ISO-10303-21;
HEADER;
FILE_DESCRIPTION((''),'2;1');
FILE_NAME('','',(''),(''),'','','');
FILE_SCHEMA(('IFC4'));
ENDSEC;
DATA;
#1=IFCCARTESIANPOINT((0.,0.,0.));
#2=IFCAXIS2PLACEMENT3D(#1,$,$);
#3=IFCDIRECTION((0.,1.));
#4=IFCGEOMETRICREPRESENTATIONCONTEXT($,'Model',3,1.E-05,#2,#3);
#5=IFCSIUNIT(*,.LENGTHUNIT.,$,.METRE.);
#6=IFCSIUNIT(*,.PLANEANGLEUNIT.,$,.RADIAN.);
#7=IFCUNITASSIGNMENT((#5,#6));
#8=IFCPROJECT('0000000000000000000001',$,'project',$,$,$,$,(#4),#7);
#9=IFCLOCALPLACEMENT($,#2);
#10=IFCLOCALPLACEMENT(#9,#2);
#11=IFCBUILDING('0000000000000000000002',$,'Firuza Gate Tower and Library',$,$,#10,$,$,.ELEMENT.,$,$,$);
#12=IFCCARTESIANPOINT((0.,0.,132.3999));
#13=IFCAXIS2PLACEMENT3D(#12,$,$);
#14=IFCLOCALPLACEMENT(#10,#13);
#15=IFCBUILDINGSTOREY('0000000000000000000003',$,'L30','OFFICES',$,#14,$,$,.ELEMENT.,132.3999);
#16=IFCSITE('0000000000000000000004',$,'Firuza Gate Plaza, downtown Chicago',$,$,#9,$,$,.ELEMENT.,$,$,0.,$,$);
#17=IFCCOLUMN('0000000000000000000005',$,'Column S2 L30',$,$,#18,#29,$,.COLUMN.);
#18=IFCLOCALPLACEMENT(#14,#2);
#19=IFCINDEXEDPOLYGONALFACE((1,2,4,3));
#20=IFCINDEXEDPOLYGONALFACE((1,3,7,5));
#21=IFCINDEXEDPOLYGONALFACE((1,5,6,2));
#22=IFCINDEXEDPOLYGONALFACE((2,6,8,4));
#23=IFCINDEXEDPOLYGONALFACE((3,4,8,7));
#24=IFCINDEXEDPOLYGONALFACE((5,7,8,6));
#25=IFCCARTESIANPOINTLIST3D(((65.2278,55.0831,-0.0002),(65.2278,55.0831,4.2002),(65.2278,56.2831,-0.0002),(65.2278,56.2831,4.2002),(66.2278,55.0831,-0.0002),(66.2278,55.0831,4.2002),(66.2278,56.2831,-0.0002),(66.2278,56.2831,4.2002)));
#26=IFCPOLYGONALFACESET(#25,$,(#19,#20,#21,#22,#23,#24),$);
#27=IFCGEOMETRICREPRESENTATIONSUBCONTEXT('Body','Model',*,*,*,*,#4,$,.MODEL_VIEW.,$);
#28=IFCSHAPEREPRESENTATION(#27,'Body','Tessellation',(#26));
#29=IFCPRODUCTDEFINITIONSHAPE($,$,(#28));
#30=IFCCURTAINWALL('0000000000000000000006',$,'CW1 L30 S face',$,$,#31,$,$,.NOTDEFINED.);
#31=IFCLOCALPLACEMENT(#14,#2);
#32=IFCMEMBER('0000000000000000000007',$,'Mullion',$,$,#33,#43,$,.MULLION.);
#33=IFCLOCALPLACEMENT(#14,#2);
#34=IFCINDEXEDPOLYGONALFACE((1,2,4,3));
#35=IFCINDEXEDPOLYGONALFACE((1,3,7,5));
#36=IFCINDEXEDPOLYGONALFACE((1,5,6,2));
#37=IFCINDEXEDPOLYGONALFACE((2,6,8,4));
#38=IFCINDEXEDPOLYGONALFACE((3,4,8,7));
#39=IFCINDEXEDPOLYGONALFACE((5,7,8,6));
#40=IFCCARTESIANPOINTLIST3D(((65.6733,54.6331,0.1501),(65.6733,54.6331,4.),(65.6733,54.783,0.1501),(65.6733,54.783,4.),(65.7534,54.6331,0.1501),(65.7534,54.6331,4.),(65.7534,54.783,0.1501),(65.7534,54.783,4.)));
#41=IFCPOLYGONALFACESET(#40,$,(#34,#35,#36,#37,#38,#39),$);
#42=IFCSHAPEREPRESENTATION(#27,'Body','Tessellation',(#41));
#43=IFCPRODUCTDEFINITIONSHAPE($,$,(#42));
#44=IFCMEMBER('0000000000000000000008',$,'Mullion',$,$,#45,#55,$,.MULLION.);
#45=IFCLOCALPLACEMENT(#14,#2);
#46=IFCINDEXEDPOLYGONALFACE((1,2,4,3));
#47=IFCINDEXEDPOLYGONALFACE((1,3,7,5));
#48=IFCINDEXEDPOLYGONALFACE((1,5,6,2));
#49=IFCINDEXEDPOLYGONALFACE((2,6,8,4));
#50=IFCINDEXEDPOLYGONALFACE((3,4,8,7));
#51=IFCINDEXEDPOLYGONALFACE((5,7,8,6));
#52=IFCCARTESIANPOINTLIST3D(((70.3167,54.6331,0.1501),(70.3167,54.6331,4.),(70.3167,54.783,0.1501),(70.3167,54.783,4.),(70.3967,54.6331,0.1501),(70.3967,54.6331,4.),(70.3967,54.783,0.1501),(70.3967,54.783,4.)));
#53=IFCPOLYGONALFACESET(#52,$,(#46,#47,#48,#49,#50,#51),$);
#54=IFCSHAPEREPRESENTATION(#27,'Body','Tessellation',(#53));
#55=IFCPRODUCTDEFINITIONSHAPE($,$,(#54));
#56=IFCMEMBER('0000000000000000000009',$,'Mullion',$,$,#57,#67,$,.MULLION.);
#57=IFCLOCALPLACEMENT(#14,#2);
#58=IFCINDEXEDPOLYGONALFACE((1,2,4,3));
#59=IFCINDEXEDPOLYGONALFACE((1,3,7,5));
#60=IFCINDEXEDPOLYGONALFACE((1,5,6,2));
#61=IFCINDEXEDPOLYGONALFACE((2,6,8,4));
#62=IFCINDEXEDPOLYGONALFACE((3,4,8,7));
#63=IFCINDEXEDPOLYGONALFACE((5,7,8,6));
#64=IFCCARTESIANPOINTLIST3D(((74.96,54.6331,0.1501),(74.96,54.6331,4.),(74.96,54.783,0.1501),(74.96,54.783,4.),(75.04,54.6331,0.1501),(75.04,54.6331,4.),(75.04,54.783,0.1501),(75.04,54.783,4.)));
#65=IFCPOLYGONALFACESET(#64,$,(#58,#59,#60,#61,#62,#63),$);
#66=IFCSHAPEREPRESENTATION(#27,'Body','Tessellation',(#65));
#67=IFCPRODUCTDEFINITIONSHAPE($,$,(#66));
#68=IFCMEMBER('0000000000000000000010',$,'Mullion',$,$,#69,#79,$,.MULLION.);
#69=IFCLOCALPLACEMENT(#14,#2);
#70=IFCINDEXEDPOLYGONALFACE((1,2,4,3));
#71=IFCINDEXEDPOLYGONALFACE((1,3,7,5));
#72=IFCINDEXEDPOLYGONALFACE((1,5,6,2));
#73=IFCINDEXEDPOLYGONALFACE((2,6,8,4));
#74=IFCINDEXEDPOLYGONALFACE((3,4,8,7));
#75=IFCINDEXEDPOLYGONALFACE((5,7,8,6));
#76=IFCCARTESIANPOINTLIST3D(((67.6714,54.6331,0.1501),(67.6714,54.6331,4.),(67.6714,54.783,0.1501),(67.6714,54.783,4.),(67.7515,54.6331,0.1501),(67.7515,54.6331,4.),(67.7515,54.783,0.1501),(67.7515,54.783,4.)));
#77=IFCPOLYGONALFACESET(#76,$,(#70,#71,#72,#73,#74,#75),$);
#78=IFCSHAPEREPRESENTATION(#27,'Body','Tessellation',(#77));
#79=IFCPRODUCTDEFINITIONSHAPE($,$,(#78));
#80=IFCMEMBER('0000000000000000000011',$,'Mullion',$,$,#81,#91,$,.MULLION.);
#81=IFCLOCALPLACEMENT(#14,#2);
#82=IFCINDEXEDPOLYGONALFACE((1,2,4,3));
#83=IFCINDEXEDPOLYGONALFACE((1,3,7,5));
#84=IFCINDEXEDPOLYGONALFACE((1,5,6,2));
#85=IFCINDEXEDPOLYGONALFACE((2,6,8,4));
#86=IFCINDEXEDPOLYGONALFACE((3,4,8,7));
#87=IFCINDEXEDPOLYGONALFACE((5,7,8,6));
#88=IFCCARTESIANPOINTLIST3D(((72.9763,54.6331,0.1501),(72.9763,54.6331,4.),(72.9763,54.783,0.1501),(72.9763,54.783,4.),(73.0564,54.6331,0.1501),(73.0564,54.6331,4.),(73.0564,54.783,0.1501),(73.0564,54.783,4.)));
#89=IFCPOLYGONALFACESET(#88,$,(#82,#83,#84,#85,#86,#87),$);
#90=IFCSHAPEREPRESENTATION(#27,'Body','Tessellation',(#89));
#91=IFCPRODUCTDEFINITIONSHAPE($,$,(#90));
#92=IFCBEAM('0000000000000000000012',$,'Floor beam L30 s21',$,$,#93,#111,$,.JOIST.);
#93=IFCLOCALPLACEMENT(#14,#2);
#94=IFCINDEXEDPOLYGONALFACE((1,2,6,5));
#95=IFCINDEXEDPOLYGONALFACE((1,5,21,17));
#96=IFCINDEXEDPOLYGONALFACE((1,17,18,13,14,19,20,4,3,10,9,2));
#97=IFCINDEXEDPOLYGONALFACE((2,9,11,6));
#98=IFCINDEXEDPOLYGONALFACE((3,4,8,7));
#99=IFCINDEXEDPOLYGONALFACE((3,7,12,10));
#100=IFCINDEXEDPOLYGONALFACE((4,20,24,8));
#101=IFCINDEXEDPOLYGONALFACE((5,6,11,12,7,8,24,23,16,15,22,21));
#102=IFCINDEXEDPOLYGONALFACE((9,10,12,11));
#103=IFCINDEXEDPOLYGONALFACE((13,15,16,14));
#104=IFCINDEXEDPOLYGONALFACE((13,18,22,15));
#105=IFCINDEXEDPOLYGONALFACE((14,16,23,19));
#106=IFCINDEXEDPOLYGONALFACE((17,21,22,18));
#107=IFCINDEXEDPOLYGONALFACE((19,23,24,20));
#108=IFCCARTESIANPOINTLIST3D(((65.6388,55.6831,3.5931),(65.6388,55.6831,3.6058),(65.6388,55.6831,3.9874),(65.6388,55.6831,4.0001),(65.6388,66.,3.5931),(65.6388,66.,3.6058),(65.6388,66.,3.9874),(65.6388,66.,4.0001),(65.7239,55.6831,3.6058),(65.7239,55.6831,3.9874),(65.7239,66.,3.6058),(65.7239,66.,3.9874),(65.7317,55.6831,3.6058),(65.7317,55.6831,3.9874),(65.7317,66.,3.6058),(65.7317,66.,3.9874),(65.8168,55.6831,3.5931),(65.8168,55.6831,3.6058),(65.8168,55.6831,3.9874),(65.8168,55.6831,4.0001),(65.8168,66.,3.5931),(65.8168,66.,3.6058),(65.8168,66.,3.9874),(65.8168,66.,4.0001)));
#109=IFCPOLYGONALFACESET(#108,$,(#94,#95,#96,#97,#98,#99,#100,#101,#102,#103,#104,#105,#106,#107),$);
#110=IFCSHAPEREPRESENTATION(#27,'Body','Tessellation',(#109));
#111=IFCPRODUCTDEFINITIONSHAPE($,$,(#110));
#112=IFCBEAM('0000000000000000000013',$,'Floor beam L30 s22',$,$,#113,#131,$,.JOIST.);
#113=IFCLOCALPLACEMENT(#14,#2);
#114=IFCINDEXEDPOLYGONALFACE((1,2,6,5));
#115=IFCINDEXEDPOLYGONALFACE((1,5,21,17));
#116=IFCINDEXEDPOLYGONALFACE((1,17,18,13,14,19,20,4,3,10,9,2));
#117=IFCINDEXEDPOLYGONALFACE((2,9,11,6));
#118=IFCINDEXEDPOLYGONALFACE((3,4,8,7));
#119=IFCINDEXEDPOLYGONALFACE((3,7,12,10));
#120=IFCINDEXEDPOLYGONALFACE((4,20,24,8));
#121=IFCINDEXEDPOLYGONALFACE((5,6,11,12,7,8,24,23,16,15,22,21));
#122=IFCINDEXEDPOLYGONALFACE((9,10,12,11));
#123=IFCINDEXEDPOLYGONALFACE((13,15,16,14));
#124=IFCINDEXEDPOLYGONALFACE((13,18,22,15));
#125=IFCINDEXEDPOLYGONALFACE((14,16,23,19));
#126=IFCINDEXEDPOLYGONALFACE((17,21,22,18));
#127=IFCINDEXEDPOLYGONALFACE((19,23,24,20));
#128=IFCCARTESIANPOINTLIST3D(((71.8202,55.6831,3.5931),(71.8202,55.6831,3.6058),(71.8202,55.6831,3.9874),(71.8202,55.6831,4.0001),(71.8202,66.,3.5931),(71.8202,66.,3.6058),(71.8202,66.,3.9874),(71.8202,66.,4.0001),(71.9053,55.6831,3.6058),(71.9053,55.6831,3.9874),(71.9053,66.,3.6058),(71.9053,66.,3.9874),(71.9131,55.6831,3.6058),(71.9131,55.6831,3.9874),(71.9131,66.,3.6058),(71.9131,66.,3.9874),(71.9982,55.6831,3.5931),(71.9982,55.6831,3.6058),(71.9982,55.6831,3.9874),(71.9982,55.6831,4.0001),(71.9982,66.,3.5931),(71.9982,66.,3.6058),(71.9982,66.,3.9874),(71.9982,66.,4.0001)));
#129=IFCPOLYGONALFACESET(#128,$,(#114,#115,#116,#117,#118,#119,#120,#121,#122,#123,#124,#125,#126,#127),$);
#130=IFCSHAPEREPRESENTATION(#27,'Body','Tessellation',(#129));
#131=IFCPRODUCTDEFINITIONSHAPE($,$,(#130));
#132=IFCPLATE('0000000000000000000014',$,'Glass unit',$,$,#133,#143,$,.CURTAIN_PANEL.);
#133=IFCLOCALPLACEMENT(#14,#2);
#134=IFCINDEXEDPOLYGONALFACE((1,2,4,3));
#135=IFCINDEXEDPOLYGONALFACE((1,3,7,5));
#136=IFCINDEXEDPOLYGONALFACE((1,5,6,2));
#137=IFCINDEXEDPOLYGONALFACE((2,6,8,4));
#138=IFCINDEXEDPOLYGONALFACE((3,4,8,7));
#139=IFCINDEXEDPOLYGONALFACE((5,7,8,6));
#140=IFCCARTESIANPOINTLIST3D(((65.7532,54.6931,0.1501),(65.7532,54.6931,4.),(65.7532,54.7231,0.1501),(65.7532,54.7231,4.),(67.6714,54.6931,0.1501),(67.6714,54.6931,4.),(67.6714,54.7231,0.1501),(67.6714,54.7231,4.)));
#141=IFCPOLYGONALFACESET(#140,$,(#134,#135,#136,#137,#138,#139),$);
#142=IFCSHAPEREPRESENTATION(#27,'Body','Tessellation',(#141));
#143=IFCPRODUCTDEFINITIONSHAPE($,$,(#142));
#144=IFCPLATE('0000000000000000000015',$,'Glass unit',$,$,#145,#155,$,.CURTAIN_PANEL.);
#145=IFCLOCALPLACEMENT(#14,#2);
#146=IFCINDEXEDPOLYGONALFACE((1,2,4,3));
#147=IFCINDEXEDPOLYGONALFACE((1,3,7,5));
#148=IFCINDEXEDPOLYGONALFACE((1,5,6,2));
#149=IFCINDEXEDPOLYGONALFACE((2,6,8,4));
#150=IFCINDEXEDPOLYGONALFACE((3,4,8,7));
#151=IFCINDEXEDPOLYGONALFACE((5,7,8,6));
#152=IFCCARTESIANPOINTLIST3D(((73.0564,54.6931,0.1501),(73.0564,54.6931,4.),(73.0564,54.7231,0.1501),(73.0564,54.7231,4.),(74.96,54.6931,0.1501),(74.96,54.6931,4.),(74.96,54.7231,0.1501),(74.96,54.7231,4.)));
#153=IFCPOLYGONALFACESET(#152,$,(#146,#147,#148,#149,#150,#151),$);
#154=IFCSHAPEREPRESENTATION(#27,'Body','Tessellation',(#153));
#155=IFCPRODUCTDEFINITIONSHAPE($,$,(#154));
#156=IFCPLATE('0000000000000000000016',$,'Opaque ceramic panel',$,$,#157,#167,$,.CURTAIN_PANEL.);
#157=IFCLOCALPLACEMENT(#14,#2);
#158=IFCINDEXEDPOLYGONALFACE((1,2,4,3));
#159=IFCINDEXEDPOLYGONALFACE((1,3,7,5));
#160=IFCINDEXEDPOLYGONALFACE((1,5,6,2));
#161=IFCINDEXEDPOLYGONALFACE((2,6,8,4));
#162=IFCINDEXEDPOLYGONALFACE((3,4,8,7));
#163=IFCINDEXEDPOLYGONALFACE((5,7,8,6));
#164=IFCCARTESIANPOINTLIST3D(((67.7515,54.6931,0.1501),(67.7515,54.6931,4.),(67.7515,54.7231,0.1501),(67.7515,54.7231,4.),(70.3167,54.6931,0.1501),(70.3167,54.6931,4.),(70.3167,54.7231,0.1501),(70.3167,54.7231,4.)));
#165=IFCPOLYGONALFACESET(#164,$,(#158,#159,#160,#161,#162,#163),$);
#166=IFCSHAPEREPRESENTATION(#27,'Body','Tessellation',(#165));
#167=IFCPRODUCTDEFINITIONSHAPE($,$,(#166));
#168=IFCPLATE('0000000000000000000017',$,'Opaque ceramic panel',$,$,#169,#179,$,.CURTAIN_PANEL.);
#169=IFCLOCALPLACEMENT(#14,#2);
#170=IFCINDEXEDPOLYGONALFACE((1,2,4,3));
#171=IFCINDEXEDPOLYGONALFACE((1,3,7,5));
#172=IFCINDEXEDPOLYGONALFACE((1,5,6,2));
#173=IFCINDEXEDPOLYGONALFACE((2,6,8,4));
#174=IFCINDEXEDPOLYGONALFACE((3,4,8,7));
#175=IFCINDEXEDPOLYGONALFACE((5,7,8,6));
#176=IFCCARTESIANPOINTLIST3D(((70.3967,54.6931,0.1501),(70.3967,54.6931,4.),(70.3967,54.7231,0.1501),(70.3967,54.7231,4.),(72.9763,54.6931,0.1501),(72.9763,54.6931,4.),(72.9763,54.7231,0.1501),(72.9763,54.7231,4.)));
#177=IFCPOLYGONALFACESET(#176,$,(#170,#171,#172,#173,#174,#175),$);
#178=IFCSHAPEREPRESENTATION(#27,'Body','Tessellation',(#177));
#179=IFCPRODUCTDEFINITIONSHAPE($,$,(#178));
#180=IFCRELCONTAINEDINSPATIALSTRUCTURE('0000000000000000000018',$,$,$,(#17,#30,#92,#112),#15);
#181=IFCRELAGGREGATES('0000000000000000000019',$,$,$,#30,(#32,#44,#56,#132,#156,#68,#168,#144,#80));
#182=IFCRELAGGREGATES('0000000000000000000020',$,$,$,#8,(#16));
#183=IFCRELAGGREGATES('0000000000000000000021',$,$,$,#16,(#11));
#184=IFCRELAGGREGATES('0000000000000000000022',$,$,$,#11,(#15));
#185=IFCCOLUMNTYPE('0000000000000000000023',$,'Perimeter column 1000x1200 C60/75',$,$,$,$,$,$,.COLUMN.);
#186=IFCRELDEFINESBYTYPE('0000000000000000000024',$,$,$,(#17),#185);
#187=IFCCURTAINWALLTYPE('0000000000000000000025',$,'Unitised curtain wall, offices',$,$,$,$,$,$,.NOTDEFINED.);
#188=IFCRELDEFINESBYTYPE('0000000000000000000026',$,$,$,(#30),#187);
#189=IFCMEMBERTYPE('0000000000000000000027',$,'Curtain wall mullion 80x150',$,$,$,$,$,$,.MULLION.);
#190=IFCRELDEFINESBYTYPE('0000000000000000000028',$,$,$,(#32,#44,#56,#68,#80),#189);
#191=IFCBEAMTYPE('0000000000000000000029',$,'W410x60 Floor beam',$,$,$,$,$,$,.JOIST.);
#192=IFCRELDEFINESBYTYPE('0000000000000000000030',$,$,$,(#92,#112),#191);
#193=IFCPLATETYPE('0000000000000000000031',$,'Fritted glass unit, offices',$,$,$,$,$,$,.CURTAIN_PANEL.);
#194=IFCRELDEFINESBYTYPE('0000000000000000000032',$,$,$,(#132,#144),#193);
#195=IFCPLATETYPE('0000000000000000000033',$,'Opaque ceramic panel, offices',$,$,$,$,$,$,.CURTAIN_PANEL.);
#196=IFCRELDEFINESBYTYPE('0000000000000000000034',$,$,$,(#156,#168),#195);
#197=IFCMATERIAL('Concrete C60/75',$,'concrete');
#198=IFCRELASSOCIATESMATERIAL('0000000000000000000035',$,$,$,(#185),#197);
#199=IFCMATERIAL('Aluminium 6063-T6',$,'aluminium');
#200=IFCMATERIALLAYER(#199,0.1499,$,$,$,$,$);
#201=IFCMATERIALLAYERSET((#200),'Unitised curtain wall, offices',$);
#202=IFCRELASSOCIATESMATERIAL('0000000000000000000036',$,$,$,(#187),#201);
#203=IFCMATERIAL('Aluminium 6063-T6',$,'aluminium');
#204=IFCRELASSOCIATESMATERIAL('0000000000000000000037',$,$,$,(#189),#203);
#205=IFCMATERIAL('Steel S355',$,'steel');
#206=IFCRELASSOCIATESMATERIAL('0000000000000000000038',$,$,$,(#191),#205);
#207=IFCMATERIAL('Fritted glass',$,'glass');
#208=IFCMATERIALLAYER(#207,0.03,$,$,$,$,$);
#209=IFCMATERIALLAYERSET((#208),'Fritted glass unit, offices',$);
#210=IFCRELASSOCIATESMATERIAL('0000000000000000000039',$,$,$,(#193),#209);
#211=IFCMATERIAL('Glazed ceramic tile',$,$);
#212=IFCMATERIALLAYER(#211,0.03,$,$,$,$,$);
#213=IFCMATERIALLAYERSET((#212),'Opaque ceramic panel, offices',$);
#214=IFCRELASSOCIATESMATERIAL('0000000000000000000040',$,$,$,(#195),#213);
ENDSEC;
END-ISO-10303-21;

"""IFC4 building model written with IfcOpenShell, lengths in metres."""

from ifc_helpers import new_model, si_unit, direction, frame, origin, origin_2d, place, context, subcontext, project, spatial, polyline, rectangle, i_section, outline, extrude, material, layer, layer_set, material_profile, profile_set, type_object, element, aggregate, save


model = new_model("IFC4")

# Units and contexts
model_context = context("Model", 3, precision=1e-05, world=origin(), true_north=direction((0.0, 1.0)))
body_context = subcontext(model_context, "Body", "Model", "MODEL_VIEW")
ifc_project = project(units=[si_unit("LENGTHUNIT", "METRE"), si_unit("PLANEANGLEUNIT", "RADIAN")], contexts=[model_context])

# Site, building, storey
site_placement = place(None, origin())
site = spatial("IfcSite", under=ifc_project, at=site_placement, Name="Firuza Gate Plaza, downtown Chicago", CompositionType="ELEMENT", RefElevation=0.0)
building_placement = place(site_placement, origin())
building = spatial("IfcBuilding", under=site, at=building_placement, Name="Firuza Gate Tower and Library", CompositionType="ELEMENT")
storey_placement = place(building_placement, frame((0.0, 0.0, 132.3999)))
storey = spatial("IfcBuildingStorey", under=building, at=storey_placement, Name="L30", Description="OFFICES", CompositionType="ELEMENT", Elevation=132.3999)

# Column
ifc_material_1 = material(Name="Concrete C60/75", Category="concrete")
ifc_material_profile_1 = material_profile(ifc_material_1, rectangle(XDim=1.0, YDim=1.2, at=origin_2d()))
ifc_profile_set_1 = profile_set([ifc_material_profile_1], Name="Concrete C60/75")
column_type = type_object("IfcColumnType", Name="Perimeter column 1000x1200 C60/75", PredefinedType="COLUMN", material=ifc_profile_set_1)
column_placement = place(storey_placement, frame((65.7278, 55.6831, -0.0002), z_axis=(0.0, 0.0, 1.0), x_axis=(1.0, 0.0, 0.0)))
element("IfcColumn", 1, at=column_placement, inside=storey, type_object=column_type, Name="Column S2 L30", PredefinedType="COLUMN", context=body_context, shape_type="SweptSolid", body=[
    extrude(rectangle(XDim=1.0, YDim=1.2, at=origin_2d()), origin(), (0.0, 0.0, 1.0), 4.2004),
])

# Curtain wall, members
ifc_material_2 = material(Name="Aluminium 6063-T6", Category="aluminium")
ifc_layer_1 = layer(ifc_material_2, 0.1499)
ifc_layer_set_1 = layer_set([ifc_layer_1], Name="Unitised curtain wall, offices")
curtain_wall_type = type_object("IfcCurtainWallType", Name="Unitised curtain wall, offices", PredefinedType="NOTDEFINED", material=ifc_layer_set_1)
curtain_wall_placement = place(storey_placement, origin())
curtain_wall = element("IfcCurtainWall", 2, at=curtain_wall_placement, inside=storey, type_object=curtain_wall_type, Name="CW1 L30 S face", PredefinedType="NOTDEFINED")
ifc_material_3 = material(Name="Aluminium 6063-T6", Category="aluminium")
ifc_material_profile_2 = material_profile(ifc_material_3, rectangle(XDim=0.1499, YDim=0.0801, at=origin_2d()))
ifc_profile_set_2 = profile_set([ifc_material_profile_2], Name="Aluminium 6063-T6")
member_type = type_object("IfcMemberType", Name="Curtain wall mullion 80x150", PredefinedType="MULLION", material=ifc_profile_set_2)
member_1_placement = place(storey_placement, frame((65.7134, 54.708, 0.1501), z_axis=(0.0, 0.0, 1.0), x_axis=(0.0, 1.0, 0.0)))
member_1 = element("IfcMember", 3, at=member_1_placement, type_object=member_type, Name="Mullion", PredefinedType="MULLION", context=body_context, shape_type="SweptSolid", body=[
    extrude(rectangle(XDim=0.1499, YDim=0.0801, at=origin_2d()), origin(), (0.0, 0.0, 1.0), 3.8499),
])
member_2_placement = place(storey_placement, frame((70.3567, 54.708, 0.1501), z_axis=(0.0, 0.0, 1.0), x_axis=(0.0, 1.0, 0.0)))
member_2 = element("IfcMember", 4, at=member_2_placement, type_object=member_type, Name="Mullion", PredefinedType="MULLION", context=body_context, shape_type="SweptSolid", body=[
    extrude(rectangle(XDim=0.1499, YDim=0.0801, at=origin_2d()), origin(), (0.0, 0.0, 1.0), 3.8499),
])
member_3_placement = place(storey_placement, frame((75.0, 54.708, 0.1501), z_axis=(0.0, 0.0, 1.0), x_axis=(0.0, 1.0, 0.0)))
member_3 = element("IfcMember", 5, at=member_3_placement, type_object=member_type, Name="Mullion", PredefinedType="MULLION", context=body_context, shape_type="SweptSolid", body=[
    extrude(rectangle(XDim=0.1499, YDim=0.0801, at=origin_2d()), origin(), (0.0, 0.0, 1.0), 3.8499),
])
member_4_placement = place(storey_placement, frame((67.7114, 54.708, 0.1501), z_axis=(0.0, 0.0, 1.0), x_axis=(0.0, 1.0, 0.0)))
member_4 = element("IfcMember", 6, at=member_4_placement, type_object=member_type, Name="Mullion", PredefinedType="MULLION", context=body_context, shape_type="SweptSolid", body=[
    extrude(rectangle(XDim=0.1499, YDim=0.0801, at=origin_2d()), origin(), (0.0, 0.0, 1.0), 3.8499),
])
member_5_placement = place(storey_placement, frame((73.0164, 54.708, 0.1501), z_axis=(0.0, 0.0, 1.0), x_axis=(0.0, 1.0, 0.0)))
member_5 = element("IfcMember", 7, at=member_5_placement, type_object=member_type, Name="Mullion", PredefinedType="MULLION", context=body_context, shape_type="SweptSolid", body=[
    extrude(rectangle(XDim=0.1499, YDim=0.0801, at=origin_2d()), origin(), (0.0, 0.0, 1.0), 3.8499),
])

# Beams
ifc_material_4 = material(Name="Steel S355", Category="steel")
ifc_material_profile_3 = material_profile(ifc_material_4, i_section(OverallWidth=0.178, OverallDepth=0.407, WebThickness=0.0078, FlangeThickness=0.0127, at=origin_2d()))
ifc_profile_set_3 = profile_set([ifc_material_profile_3], Name="Steel S355")
beam_type = type_object("IfcBeamType", Name="W410x60 Floor beam", PredefinedType="JOIST", material=ifc_profile_set_3)
for number, where, z_axis, x_axis, name in (
    (8, (65.7278, 55.6831, 3.7966), (0.0, 1.0, 0.0), (-1.0, 0.0, 0.0), "Floor beam L30 s21"),
    (9, (71.9092, 55.6831, 3.7966), (0.0, 1.0, 0.0), (-1.0, 0.0, 0.0), "Floor beam L30 s22"),
):
    element("IfcBeam", number, at=place(storey_placement, frame(where, z_axis=z_axis, x_axis=x_axis)), inside=storey, type_object=beam_type, Name=name, PredefinedType="JOIST", context=body_context, shape_type="SweptSolid", body=[
        extrude(i_section(OverallWidth=0.178, OverallDepth=0.407, WebThickness=0.0078, FlangeThickness=0.0127, at=origin_2d()), origin(), (0.0, 0.0, 1.0), 10.3169),
    ])

# Plates
ifc_material_5 = material(Name="Fritted glass", Category="glass")
ifc_layer_2 = layer(ifc_material_5, 0.03)
ifc_layer_set_2 = layer_set([ifc_layer_2], Name="Fritted glass unit, offices")
plate_type_1 = type_object("IfcPlateType", Name="Fritted glass unit, offices", PredefinedType="CURTAIN_PANEL", material=ifc_layer_set_2)
plate_1_placement = place(storey_placement, frame((65.7532, 54.6931, 0.1501), z_axis=(0.0, -1.0, 0.0), x_axis=(1.0, 0.0, 0.0)))
plate_1 = element("IfcPlate", 10, at=plate_1_placement, type_object=plate_type_1, Name="Glass unit", PredefinedType="CURTAIN_PANEL", context=body_context, shape_type="SweptSolid", body=[
    extrude(outline(polyline([(0.0, 0.0), (1.9182, 0.0), (1.9182, 3.8499), (0.0, 3.8499), (0.0, 0.0)])), origin(), (0.0, 0.0, -1.0), 0.03),
])
plate_2_placement = place(storey_placement, frame((73.0564, 54.6931, 0.1501), z_axis=(0.0, -1.0, 0.0), x_axis=(1.0, 0.0, 0.0)))
plate_2 = element("IfcPlate", 11, at=plate_2_placement, type_object=plate_type_1, Name="Glass unit", PredefinedType="CURTAIN_PANEL", context=body_context, shape_type="SweptSolid", body=[
    extrude(outline(polyline([(0.0, 0.0), (1.9036, 0.0), (1.9036, 3.8499), (0.0, 3.8499), (0.0, 0.0)])), origin(), (0.0, 0.0, -1.0), 0.03),
])
ifc_material_6 = material(Name="Glazed ceramic tile")
ifc_layer_3 = layer(ifc_material_6, 0.03)
ifc_layer_set_3 = layer_set([ifc_layer_3], Name="Opaque ceramic panel, offices")
plate_type_2 = type_object("IfcPlateType", Name="Opaque ceramic panel, offices", PredefinedType="CURTAIN_PANEL", material=ifc_layer_set_3)
plate_3_placement = place(storey_placement, frame((67.7515, 54.6931, 0.1501), z_axis=(0.0, -1.0, 0.0), x_axis=(1.0, 0.0, 0.0)))
plate_3 = element("IfcPlate", 12, at=plate_3_placement, type_object=plate_type_2, Name="Opaque ceramic panel", PredefinedType="CURTAIN_PANEL", context=body_context, shape_type="SweptSolid", body=[
    extrude(outline(polyline([(0.0, 0.0), (2.5652, 0.0), (2.5652, 3.8499), (0.0, 3.8499), (0.0, 0.0)])), origin(), (0.0, 0.0, -1.0), 0.03),
])
plate_4_placement = place(storey_placement, frame((70.3967, 54.6931, 0.1501), z_axis=(0.0, -1.0, 0.0), x_axis=(1.0, 0.0, 0.0)))
plate_4 = element("IfcPlate", 13, at=plate_4_placement, type_object=plate_type_2, Name="Opaque ceramic panel", PredefinedType="CURTAIN_PANEL", context=body_context, shape_type="SweptSolid", body=[
    extrude(outline(polyline([(0.0, 0.0), (2.5796, 0.0), (2.5796, 3.8499), (0.0, 3.8499), (0.0, 0.0)])), origin(), (0.0, 0.0, -1.0), 0.03),
])
aggregate(curtain_wall, [member_1, member_2, member_3, plate_1, plate_3, member_4, plate_4, plate_2, member_5])

save(model, "model.ifc")
